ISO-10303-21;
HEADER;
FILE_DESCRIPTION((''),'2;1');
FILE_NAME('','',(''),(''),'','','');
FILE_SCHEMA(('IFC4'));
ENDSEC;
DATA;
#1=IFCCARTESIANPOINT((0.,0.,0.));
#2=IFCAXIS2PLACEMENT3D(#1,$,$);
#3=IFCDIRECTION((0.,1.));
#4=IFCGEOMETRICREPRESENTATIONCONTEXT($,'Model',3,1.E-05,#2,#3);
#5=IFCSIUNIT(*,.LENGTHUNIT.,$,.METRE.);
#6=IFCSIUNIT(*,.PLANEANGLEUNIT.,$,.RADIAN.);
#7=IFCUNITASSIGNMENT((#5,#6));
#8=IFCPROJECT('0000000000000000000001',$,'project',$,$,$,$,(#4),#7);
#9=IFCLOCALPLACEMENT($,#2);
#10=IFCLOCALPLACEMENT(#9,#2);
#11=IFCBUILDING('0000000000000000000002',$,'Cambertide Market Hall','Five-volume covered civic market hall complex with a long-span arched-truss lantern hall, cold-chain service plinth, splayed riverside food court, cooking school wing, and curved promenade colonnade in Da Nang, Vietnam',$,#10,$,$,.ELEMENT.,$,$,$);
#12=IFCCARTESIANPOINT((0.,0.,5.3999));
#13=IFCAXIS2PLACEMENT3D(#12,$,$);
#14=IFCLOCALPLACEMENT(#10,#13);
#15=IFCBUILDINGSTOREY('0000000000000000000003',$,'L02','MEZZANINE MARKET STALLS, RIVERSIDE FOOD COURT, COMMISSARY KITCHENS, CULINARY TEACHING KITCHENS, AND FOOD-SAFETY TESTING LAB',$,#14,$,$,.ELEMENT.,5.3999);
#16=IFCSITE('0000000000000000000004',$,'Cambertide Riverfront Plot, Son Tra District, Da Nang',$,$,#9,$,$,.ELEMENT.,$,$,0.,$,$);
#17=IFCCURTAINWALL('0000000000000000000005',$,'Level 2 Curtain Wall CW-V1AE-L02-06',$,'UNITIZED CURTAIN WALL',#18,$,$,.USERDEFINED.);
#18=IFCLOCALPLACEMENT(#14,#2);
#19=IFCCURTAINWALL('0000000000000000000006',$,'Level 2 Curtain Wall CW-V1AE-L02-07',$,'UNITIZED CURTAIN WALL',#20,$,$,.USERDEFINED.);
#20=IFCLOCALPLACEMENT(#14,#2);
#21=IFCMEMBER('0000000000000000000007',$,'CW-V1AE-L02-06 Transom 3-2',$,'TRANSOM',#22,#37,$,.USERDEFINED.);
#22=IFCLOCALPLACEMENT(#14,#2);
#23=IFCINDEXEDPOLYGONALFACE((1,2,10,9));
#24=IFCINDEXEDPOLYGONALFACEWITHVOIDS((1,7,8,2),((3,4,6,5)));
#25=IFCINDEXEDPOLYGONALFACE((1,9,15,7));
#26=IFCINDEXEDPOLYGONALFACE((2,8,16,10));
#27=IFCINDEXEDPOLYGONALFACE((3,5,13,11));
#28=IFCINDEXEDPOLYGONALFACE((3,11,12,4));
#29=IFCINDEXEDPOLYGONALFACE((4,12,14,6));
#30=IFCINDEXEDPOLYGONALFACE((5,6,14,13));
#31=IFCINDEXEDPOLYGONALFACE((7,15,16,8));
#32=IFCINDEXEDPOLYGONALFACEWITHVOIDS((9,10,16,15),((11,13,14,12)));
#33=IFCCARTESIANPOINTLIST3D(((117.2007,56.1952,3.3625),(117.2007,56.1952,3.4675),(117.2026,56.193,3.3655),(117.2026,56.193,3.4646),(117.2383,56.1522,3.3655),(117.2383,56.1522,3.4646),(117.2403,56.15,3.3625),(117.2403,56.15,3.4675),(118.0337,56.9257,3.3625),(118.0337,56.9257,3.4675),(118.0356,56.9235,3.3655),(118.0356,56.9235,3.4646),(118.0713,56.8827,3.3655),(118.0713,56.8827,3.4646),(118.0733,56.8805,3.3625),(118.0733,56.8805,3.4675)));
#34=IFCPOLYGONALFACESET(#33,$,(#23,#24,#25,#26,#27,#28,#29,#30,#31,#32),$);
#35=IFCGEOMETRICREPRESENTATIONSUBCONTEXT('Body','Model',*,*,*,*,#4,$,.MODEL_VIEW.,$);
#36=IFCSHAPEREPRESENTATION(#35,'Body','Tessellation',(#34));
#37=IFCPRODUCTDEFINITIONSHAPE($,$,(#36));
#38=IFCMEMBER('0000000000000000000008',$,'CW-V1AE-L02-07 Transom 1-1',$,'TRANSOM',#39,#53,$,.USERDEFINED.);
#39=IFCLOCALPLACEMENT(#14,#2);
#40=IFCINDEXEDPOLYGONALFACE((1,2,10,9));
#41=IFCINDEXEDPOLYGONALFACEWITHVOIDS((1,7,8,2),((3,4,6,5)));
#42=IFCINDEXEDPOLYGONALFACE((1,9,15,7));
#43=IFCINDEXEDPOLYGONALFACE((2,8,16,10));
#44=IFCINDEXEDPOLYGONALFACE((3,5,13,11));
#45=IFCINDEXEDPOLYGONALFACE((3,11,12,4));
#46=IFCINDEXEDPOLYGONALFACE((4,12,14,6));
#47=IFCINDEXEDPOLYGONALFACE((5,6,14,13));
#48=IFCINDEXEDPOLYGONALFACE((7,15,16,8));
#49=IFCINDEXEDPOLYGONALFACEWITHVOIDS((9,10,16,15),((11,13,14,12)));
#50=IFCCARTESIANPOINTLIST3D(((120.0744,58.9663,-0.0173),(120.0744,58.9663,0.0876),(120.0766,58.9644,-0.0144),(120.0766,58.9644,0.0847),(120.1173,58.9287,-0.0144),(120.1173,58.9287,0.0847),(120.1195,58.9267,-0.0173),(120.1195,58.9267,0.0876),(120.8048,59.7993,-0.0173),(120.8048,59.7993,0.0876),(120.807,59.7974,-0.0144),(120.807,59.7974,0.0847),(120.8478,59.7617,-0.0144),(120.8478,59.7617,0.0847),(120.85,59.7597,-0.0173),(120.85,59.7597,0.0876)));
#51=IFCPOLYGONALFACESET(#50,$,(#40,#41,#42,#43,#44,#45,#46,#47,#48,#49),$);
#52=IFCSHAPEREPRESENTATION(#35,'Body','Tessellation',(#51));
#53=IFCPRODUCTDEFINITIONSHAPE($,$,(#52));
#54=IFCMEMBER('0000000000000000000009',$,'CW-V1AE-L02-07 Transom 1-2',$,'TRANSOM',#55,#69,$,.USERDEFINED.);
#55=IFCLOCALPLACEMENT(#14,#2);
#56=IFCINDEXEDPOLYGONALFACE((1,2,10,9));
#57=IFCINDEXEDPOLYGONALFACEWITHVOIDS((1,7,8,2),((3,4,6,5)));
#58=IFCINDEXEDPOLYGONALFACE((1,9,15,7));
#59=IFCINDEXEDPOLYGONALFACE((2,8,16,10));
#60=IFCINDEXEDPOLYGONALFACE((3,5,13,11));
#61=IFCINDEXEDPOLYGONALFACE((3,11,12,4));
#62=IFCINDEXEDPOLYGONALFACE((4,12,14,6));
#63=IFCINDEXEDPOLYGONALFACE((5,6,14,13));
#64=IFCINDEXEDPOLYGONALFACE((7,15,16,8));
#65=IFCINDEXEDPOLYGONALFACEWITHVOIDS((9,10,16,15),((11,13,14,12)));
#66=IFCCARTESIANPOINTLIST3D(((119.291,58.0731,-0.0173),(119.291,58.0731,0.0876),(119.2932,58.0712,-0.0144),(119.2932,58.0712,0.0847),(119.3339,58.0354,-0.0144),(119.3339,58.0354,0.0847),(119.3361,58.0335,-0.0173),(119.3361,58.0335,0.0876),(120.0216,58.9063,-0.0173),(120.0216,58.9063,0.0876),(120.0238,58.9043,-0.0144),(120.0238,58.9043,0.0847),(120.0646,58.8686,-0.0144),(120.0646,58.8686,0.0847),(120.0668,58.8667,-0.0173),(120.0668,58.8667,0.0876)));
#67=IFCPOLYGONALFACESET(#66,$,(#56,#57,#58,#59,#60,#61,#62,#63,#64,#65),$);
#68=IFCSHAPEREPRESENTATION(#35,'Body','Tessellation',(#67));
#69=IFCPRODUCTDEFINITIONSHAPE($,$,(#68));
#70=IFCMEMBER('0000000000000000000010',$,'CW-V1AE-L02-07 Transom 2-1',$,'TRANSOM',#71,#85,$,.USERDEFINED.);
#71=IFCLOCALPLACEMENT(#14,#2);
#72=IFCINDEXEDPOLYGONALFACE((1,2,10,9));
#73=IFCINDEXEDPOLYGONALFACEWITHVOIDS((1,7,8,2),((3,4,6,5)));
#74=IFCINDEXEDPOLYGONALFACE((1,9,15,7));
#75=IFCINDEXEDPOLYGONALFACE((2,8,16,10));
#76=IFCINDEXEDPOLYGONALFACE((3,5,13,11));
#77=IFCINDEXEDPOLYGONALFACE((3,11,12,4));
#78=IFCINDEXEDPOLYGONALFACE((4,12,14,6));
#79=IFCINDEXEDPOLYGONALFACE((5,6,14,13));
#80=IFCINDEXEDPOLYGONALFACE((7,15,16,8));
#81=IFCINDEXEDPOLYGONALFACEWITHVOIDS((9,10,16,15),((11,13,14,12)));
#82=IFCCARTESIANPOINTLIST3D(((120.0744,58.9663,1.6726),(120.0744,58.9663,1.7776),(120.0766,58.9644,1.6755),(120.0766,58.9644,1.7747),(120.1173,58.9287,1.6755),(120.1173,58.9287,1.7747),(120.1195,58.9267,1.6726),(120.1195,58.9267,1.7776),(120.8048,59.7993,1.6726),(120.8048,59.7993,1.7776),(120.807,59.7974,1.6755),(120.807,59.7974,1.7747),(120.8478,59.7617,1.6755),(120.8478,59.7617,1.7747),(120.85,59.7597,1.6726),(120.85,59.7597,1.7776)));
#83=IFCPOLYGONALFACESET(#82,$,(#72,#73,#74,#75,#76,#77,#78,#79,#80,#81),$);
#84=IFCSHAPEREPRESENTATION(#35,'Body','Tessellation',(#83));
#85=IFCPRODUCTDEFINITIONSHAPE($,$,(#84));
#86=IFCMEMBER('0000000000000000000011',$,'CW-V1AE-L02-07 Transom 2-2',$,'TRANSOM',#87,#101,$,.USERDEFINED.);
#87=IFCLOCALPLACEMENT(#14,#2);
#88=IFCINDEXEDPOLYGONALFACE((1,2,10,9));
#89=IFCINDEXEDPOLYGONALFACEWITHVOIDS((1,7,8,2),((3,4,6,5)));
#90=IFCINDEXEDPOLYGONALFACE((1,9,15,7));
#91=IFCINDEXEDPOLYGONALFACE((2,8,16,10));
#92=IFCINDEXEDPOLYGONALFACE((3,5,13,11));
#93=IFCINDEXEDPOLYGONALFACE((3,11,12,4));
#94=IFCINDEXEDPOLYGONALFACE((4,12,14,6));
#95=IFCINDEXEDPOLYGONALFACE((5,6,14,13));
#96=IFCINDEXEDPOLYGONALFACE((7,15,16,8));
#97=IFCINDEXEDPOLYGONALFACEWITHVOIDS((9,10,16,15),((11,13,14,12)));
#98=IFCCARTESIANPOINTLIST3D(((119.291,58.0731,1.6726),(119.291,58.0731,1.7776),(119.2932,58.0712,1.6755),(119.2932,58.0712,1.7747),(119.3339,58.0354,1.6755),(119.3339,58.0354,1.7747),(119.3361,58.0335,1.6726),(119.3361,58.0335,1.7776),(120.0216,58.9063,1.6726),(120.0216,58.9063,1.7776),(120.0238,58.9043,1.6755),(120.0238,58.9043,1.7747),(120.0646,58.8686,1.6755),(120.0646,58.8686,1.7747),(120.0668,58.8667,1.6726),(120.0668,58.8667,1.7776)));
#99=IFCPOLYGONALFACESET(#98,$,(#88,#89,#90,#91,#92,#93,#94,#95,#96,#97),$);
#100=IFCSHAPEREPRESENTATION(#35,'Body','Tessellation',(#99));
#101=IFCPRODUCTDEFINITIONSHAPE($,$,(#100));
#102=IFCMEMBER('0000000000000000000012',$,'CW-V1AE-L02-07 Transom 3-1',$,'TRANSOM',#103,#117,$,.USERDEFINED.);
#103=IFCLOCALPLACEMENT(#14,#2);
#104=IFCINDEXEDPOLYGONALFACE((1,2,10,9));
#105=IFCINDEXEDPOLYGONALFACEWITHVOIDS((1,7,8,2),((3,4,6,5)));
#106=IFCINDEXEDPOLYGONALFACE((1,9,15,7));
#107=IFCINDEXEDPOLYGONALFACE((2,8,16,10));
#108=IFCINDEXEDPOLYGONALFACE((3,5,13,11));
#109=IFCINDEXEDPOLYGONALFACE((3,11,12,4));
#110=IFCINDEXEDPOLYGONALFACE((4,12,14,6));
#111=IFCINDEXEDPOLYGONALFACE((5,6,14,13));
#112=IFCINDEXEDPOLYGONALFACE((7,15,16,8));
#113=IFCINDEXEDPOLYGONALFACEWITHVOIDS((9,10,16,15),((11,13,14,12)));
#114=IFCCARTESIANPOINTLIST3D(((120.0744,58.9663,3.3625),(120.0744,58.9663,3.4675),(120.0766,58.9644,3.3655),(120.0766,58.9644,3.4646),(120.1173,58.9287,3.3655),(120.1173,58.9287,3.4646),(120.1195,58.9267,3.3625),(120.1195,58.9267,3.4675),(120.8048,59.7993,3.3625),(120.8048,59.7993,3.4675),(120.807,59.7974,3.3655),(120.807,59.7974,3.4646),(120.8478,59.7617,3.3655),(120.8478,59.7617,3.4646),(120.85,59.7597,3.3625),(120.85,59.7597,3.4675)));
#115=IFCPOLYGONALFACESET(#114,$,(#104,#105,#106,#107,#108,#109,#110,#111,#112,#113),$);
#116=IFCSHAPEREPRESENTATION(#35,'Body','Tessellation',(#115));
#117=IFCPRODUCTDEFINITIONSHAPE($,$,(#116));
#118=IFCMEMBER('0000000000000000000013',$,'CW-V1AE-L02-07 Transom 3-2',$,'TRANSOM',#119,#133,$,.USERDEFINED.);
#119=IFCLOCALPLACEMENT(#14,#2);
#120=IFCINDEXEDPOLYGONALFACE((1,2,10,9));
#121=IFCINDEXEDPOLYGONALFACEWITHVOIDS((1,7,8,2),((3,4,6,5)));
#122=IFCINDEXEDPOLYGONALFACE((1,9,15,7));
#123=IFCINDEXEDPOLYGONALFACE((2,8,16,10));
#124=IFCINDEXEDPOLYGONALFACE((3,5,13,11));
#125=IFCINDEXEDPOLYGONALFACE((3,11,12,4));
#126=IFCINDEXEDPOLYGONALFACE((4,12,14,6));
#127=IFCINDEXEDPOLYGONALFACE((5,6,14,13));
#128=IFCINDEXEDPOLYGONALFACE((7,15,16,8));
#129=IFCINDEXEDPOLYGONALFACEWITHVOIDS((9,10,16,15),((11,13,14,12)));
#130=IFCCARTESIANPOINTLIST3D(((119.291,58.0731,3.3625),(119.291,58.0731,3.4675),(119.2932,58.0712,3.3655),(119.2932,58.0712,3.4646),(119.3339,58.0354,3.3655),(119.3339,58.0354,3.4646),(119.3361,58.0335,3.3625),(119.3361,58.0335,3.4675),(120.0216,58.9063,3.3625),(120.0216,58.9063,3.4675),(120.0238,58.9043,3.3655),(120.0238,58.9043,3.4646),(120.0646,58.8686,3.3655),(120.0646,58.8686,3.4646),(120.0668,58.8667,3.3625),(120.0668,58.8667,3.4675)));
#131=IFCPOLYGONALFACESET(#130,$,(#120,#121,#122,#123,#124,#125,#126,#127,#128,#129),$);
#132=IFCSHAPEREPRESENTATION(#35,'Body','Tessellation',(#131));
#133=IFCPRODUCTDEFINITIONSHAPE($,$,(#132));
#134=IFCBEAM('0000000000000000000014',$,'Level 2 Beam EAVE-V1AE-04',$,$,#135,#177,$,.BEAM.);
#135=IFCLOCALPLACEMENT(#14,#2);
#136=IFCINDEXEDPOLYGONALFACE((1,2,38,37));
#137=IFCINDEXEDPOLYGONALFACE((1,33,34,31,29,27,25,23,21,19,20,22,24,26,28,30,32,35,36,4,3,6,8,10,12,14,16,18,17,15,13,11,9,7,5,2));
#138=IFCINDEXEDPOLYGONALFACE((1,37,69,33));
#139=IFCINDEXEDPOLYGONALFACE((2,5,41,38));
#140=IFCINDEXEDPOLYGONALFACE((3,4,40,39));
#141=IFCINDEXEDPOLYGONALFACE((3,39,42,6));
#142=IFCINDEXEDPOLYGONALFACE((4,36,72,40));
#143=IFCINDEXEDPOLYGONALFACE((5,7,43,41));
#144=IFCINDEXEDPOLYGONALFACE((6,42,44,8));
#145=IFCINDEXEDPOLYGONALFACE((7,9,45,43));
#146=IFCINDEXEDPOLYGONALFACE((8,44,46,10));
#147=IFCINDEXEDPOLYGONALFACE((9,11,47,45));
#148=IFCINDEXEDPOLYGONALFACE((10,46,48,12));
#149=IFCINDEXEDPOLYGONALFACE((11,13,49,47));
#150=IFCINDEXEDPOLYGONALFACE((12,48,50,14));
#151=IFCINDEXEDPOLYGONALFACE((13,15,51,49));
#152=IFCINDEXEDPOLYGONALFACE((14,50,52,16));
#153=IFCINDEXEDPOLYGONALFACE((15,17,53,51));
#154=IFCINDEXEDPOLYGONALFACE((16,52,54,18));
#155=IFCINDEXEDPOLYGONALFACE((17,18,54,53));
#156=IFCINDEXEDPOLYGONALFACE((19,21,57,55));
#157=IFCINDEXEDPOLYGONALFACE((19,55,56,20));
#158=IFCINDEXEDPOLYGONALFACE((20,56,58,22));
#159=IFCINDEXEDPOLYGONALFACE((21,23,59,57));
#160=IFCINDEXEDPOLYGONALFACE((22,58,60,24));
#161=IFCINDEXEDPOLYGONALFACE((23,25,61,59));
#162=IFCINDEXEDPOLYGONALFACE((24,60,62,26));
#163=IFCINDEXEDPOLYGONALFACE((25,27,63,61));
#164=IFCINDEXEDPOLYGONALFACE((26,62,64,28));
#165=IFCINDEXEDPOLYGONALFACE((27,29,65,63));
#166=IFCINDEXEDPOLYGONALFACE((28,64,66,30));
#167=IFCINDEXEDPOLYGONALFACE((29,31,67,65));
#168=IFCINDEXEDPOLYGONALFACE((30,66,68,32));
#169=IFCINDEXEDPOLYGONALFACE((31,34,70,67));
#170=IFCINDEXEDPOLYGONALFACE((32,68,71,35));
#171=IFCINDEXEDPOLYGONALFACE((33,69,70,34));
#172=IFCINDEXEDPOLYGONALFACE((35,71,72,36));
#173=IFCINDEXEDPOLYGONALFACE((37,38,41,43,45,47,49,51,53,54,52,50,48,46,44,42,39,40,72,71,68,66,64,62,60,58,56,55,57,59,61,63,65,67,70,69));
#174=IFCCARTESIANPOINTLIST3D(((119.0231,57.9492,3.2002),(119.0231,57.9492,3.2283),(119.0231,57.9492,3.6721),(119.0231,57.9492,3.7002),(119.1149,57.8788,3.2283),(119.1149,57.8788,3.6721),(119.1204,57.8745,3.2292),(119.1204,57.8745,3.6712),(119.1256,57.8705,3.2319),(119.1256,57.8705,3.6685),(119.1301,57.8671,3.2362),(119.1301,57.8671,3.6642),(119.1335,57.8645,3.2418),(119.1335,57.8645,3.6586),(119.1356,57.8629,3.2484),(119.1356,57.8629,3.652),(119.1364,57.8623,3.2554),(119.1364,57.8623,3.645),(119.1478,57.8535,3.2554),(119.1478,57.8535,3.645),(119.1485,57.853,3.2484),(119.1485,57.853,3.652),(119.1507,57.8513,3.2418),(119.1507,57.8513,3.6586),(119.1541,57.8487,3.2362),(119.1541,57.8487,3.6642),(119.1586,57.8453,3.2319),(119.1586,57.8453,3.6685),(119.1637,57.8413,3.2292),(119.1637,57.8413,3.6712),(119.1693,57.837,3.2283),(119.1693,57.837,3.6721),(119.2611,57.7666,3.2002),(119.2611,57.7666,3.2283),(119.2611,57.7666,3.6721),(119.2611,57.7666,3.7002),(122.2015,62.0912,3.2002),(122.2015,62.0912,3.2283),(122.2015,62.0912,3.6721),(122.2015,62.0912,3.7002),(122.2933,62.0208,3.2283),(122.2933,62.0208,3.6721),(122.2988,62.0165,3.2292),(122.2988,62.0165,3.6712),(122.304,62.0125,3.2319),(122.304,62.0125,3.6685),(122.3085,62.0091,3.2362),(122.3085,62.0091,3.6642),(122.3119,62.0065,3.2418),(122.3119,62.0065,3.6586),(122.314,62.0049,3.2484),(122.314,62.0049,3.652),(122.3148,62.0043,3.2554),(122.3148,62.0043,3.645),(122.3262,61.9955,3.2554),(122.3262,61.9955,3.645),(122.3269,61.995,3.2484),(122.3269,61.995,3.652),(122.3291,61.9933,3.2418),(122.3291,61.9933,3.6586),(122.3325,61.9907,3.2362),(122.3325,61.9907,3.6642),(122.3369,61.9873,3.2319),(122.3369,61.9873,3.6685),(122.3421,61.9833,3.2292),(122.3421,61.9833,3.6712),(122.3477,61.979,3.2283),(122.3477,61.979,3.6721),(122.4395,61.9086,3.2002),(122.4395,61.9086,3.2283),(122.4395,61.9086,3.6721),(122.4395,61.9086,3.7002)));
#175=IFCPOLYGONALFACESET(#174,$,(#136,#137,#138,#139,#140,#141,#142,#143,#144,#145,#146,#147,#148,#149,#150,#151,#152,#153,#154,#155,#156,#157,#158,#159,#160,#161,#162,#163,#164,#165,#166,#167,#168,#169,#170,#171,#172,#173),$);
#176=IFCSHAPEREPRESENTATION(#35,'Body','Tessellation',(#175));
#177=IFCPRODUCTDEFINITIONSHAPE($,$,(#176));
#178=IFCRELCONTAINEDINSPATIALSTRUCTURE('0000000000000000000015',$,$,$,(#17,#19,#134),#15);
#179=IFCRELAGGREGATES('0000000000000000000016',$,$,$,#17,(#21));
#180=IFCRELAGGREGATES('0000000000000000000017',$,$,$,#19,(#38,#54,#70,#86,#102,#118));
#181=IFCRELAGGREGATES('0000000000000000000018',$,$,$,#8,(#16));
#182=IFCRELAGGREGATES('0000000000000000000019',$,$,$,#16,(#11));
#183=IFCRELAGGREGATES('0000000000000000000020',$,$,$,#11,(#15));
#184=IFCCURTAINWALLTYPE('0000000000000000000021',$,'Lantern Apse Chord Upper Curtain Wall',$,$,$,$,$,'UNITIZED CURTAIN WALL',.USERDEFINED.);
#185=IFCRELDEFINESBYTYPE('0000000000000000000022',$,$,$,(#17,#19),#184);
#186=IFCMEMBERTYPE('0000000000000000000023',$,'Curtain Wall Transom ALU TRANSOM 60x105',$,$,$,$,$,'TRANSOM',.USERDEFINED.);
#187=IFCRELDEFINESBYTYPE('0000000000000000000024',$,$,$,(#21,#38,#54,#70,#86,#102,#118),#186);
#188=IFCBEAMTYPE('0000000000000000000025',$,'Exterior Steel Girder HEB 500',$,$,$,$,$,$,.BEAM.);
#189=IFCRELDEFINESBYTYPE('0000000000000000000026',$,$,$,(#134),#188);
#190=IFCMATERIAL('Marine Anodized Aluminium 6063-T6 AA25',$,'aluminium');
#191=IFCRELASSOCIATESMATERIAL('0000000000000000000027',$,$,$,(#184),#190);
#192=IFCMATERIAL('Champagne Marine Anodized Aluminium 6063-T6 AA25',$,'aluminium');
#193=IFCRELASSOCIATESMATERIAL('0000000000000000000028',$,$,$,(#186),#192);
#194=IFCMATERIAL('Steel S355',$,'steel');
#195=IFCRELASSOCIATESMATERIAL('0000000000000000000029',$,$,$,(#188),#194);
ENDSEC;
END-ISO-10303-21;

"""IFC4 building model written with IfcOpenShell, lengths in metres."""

from ifc_helpers import new_model, si_unit, direction, frame, origin, origin_2d, place, context, subcontext, project, spatial, hollow_rectangle, i_section, extrude, material, material_profile, profile_set, type_object, element, aggregate, save


model = new_model("IFC4")

# Units and contexts
model_context = context("Model", 3, precision=1e-05, world=origin(), true_north=direction((0.0, 1.0)))
body_context = subcontext(model_context, "Body", "Model", "MODEL_VIEW")
ifc_project = project(units=[si_unit("LENGTHUNIT", "METRE"), si_unit("PLANEANGLEUNIT", "RADIAN")], contexts=[model_context])

# Site, building, storey
site_placement = place(None, origin())
site = spatial("IfcSite", under=ifc_project, at=site_placement, Name="Cambertide Riverfront Plot, Son Tra District, Da Nang", CompositionType="ELEMENT", RefElevation=0.0)
building_placement = place(site_placement, origin())
building = spatial("IfcBuilding", under=site, at=building_placement, Name="Cambertide Market Hall", Description="Five-volume covered civic market hall complex with a long-span arched-truss lantern hall, cold-chain service plinth, splayed riverside food court, cooking school wing, and curved promenade colonnade in Da Nang, Vietnam", CompositionType="ELEMENT")
storey_placement = place(building_placement, frame((0.0, 0.0, 5.3999)))
storey = spatial("IfcBuildingStorey", under=building, at=storey_placement, Name="L02", Description="MEZZANINE MARKET STALLS, RIVERSIDE FOOD COURT, COMMISSARY KITCHENS, CULINARY TEACHING KITCHENS, AND FOOD-SAFETY TESTING LAB", CompositionType="ELEMENT", Elevation=5.3999)

# Curtain walls
ifc_material_1 = material(Name="Marine Anodized Aluminium 6063-T6 AA25", Category="aluminium")
curtain_wall_type = type_object("IfcCurtainWallType", Name="Lantern Apse Chord Upper Curtain Wall", ElementType="UNITIZED CURTAIN WALL", PredefinedType="USERDEFINED", material=ifc_material_1)
curtain_wall_1_placement = place(storey_placement, origin())
curtain_wall_1 = element("IfcCurtainWall", 1, at=curtain_wall_1_placement, inside=storey, type_object=curtain_wall_type, Name="Level 2 Curtain Wall CW-V1AE-L02-06", ObjectType="UNITIZED CURTAIN WALL", PredefinedType="USERDEFINED")
curtain_wall_2_placement = place(storey_placement, origin())
curtain_wall_2 = element("IfcCurtainWall", 2, at=curtain_wall_2_placement, inside=storey, type_object=curtain_wall_type, Name="Level 2 Curtain Wall CW-V1AE-L02-07", ObjectType="UNITIZED CURTAIN WALL", PredefinedType="USERDEFINED")

# Members
ifc_material_2 = material(Name="Champagne Marine Anodized Aluminium 6063-T6 AA25", Category="aluminium")
ifc_material_profile_1 = material_profile(ifc_material_2, hollow_rectangle(XDim=0.0601, YDim=0.105, WallThickness=0.0029, at=origin_2d()), Name="ALU TRANSOM 60x105")
ifc_profile_set_1 = profile_set([ifc_material_profile_1], Name="Champagne Marine Anodized Aluminium 6063-T6 AA25")
member_type_1 = type_object("IfcMemberType", Name="Curtain Wall Transom ALU TRANSOM 60x105", ElementType="TRANSOM", PredefinedType="USERDEFINED", material=ifc_profile_set_1)
member_1_placement = place(storey_placement, frame((118.0535, 56.9031, 3.415), z_axis=(-0.751866, -0.659315, 0.0), x_axis=(0.659315, -0.751866, 0.0)))
member_1 = element("IfcMember", 3, at=member_1_placement, type_object=member_type_1, Name="CW-V1AE-L02-06 Transom 3-2", ObjectType="TRANSOM", PredefinedType="USERDEFINED", context=body_context, shape_type="SweptSolid", body=[
    extrude(hollow_rectangle(XDim=0.0601, YDim=0.105, WallThickness=0.0029, at=origin_2d()), origin(), (0.0, 0.0, 1.0), 1.1079),
])
member_2_placement = place(storey_placement, frame((120.8274, 59.7795, 0.0352), z_axis=(-0.659315, -0.751866, 0.0), x_axis=(0.751866, -0.659315, 0.0)))
member_2 = element("IfcMember", 4, at=member_2_placement, type_object=member_type_1, Name="CW-V1AE-L02-07 Transom 1-1", ObjectType="TRANSOM", PredefinedType="USERDEFINED", context=body_context, shape_type="SweptSolid", body=[
    extrude(hollow_rectangle(XDim=0.0601, YDim=0.105, WallThickness=0.0029, at=origin_2d()), origin(), (0.0, 0.0, 1.0), 1.1079),
])
member_3_placement = place(storey_placement, frame((120.0442, 58.8865, 0.0352), z_axis=(-0.659331, -0.751853, 0.0), x_axis=(0.751853, -0.659331, 0.0)))
member_3 = element("IfcMember", 5, at=member_3_placement, type_object=member_type_1, Name="CW-V1AE-L02-07 Transom 1-2", ObjectType="TRANSOM", PredefinedType="USERDEFINED", context=body_context, shape_type="SweptSolid", body=[
    extrude(hollow_rectangle(XDim=0.0601, YDim=0.105, WallThickness=0.0029, at=origin_2d()), origin(), (0.0, 0.0, 1.0), 1.1082),
])
member_4_placement = place(storey_placement, frame((120.8274, 59.7795, 1.7251), z_axis=(-0.659315, -0.751866, 0.0), x_axis=(0.751866, -0.659315, 0.0)))
member_4 = element("IfcMember", 6, at=member_4_placement, type_object=member_type_1, Name="CW-V1AE-L02-07 Transom 2-1", ObjectType="TRANSOM", PredefinedType="USERDEFINED", context=body_context, shape_type="SweptSolid", body=[
    extrude(hollow_rectangle(XDim=0.0601, YDim=0.105, WallThickness=0.0029, at=origin_2d()), origin(), (0.0, 0.0, 1.0), 1.1079),
])
member_5_placement = place(storey_placement, frame((120.0442, 58.8865, 1.7251), z_axis=(-0.659331, -0.751853, 0.0), x_axis=(0.751853, -0.659331, 0.0)))
member_5 = element("IfcMember", 7, at=member_5_placement, type_object=member_type_1, Name="CW-V1AE-L02-07 Transom 2-2", ObjectType="TRANSOM", PredefinedType="USERDEFINED", context=body_context, shape_type="SweptSolid", body=[
    extrude(hollow_rectangle(XDim=0.0601, YDim=0.105, WallThickness=0.0029, at=origin_2d()), origin(), (0.0, 0.0, 1.0), 1.1082),
])
member_6_placement = place(storey_placement, frame((120.8274, 59.7795, 3.415), z_axis=(-0.659315, -0.751866, 0.0), x_axis=(0.751866, -0.659315, 0.0)))
member_6 = element("IfcMember", 8, at=member_6_placement, type_object=member_type_1, Name="CW-V1AE-L02-07 Transom 3-1", ObjectType="TRANSOM", PredefinedType="USERDEFINED", context=body_context, shape_type="SweptSolid", body=[
    extrude(hollow_rectangle(XDim=0.0601, YDim=0.105, WallThickness=0.0029, at=origin_2d()), origin(), (0.0, 0.0, 1.0), 1.1079),
])
member_7_placement = place(storey_placement, frame((120.0442, 58.8865, 3.415), z_axis=(-0.659331, -0.751853, 0.0), x_axis=(0.751853, -0.659331, 0.0)))
member_7 = element("IfcMember", 9, at=member_7_placement, type_object=member_type_1, Name="CW-V1AE-L02-07 Transom 3-2", ObjectType="TRANSOM", PredefinedType="USERDEFINED", context=body_context, shape_type="SweptSolid", body=[
    extrude(hollow_rectangle(XDim=0.0601, YDim=0.105, WallThickness=0.0029, at=origin_2d()), origin(), (0.0, 0.0, 1.0), 1.1082),
])

# Beam
ifc_material_3 = material(Name="Steel S355", Category="steel")
ifc_material_profile_2 = material_profile(ifc_material_3, i_section(OverallWidth=0.3, OverallDepth=0.5, WebThickness=0.0144, FlangeThickness=0.0281, FilletRadius=0.0271, at=origin_2d()), Name="HEB 500")
ifc_profile_set_2 = profile_set([ifc_material_profile_2], Name="Steel S355")
beam_type_1 = type_object("IfcBeamType", Name="Exterior Steel Girder HEB 500", PredefinedType="BEAM", material=ifc_profile_set_2)
beam_1_placement = place(storey_placement, frame((119.1421, 57.8579, 3.4502), z_axis=(0.608777, 0.793341, 0.0), x_axis=(-0.793341, 0.608777, 0.0)))
element("IfcBeam", 10, at=beam_1_placement, inside=storey, type_object=beam_type_1, Name="Level 2 Beam EAVE-V1AE-04", PredefinedType="BEAM", context=body_context, shape_type="SweptSolid", body=[
    extrude(i_section(OverallWidth=0.3, OverallDepth=0.5, WebThickness=0.0144, FlangeThickness=0.0281, FilletRadius=0.0271, at=origin_2d()), origin(), (0.0, 0.0, 1.0), 5.2209),
])

aggregate(curtain_wall_1, [member_1])
aggregate(curtain_wall_2, [member_2, member_3, member_4, member_5, member_6, member_7])

save(model, "model.ifc")
